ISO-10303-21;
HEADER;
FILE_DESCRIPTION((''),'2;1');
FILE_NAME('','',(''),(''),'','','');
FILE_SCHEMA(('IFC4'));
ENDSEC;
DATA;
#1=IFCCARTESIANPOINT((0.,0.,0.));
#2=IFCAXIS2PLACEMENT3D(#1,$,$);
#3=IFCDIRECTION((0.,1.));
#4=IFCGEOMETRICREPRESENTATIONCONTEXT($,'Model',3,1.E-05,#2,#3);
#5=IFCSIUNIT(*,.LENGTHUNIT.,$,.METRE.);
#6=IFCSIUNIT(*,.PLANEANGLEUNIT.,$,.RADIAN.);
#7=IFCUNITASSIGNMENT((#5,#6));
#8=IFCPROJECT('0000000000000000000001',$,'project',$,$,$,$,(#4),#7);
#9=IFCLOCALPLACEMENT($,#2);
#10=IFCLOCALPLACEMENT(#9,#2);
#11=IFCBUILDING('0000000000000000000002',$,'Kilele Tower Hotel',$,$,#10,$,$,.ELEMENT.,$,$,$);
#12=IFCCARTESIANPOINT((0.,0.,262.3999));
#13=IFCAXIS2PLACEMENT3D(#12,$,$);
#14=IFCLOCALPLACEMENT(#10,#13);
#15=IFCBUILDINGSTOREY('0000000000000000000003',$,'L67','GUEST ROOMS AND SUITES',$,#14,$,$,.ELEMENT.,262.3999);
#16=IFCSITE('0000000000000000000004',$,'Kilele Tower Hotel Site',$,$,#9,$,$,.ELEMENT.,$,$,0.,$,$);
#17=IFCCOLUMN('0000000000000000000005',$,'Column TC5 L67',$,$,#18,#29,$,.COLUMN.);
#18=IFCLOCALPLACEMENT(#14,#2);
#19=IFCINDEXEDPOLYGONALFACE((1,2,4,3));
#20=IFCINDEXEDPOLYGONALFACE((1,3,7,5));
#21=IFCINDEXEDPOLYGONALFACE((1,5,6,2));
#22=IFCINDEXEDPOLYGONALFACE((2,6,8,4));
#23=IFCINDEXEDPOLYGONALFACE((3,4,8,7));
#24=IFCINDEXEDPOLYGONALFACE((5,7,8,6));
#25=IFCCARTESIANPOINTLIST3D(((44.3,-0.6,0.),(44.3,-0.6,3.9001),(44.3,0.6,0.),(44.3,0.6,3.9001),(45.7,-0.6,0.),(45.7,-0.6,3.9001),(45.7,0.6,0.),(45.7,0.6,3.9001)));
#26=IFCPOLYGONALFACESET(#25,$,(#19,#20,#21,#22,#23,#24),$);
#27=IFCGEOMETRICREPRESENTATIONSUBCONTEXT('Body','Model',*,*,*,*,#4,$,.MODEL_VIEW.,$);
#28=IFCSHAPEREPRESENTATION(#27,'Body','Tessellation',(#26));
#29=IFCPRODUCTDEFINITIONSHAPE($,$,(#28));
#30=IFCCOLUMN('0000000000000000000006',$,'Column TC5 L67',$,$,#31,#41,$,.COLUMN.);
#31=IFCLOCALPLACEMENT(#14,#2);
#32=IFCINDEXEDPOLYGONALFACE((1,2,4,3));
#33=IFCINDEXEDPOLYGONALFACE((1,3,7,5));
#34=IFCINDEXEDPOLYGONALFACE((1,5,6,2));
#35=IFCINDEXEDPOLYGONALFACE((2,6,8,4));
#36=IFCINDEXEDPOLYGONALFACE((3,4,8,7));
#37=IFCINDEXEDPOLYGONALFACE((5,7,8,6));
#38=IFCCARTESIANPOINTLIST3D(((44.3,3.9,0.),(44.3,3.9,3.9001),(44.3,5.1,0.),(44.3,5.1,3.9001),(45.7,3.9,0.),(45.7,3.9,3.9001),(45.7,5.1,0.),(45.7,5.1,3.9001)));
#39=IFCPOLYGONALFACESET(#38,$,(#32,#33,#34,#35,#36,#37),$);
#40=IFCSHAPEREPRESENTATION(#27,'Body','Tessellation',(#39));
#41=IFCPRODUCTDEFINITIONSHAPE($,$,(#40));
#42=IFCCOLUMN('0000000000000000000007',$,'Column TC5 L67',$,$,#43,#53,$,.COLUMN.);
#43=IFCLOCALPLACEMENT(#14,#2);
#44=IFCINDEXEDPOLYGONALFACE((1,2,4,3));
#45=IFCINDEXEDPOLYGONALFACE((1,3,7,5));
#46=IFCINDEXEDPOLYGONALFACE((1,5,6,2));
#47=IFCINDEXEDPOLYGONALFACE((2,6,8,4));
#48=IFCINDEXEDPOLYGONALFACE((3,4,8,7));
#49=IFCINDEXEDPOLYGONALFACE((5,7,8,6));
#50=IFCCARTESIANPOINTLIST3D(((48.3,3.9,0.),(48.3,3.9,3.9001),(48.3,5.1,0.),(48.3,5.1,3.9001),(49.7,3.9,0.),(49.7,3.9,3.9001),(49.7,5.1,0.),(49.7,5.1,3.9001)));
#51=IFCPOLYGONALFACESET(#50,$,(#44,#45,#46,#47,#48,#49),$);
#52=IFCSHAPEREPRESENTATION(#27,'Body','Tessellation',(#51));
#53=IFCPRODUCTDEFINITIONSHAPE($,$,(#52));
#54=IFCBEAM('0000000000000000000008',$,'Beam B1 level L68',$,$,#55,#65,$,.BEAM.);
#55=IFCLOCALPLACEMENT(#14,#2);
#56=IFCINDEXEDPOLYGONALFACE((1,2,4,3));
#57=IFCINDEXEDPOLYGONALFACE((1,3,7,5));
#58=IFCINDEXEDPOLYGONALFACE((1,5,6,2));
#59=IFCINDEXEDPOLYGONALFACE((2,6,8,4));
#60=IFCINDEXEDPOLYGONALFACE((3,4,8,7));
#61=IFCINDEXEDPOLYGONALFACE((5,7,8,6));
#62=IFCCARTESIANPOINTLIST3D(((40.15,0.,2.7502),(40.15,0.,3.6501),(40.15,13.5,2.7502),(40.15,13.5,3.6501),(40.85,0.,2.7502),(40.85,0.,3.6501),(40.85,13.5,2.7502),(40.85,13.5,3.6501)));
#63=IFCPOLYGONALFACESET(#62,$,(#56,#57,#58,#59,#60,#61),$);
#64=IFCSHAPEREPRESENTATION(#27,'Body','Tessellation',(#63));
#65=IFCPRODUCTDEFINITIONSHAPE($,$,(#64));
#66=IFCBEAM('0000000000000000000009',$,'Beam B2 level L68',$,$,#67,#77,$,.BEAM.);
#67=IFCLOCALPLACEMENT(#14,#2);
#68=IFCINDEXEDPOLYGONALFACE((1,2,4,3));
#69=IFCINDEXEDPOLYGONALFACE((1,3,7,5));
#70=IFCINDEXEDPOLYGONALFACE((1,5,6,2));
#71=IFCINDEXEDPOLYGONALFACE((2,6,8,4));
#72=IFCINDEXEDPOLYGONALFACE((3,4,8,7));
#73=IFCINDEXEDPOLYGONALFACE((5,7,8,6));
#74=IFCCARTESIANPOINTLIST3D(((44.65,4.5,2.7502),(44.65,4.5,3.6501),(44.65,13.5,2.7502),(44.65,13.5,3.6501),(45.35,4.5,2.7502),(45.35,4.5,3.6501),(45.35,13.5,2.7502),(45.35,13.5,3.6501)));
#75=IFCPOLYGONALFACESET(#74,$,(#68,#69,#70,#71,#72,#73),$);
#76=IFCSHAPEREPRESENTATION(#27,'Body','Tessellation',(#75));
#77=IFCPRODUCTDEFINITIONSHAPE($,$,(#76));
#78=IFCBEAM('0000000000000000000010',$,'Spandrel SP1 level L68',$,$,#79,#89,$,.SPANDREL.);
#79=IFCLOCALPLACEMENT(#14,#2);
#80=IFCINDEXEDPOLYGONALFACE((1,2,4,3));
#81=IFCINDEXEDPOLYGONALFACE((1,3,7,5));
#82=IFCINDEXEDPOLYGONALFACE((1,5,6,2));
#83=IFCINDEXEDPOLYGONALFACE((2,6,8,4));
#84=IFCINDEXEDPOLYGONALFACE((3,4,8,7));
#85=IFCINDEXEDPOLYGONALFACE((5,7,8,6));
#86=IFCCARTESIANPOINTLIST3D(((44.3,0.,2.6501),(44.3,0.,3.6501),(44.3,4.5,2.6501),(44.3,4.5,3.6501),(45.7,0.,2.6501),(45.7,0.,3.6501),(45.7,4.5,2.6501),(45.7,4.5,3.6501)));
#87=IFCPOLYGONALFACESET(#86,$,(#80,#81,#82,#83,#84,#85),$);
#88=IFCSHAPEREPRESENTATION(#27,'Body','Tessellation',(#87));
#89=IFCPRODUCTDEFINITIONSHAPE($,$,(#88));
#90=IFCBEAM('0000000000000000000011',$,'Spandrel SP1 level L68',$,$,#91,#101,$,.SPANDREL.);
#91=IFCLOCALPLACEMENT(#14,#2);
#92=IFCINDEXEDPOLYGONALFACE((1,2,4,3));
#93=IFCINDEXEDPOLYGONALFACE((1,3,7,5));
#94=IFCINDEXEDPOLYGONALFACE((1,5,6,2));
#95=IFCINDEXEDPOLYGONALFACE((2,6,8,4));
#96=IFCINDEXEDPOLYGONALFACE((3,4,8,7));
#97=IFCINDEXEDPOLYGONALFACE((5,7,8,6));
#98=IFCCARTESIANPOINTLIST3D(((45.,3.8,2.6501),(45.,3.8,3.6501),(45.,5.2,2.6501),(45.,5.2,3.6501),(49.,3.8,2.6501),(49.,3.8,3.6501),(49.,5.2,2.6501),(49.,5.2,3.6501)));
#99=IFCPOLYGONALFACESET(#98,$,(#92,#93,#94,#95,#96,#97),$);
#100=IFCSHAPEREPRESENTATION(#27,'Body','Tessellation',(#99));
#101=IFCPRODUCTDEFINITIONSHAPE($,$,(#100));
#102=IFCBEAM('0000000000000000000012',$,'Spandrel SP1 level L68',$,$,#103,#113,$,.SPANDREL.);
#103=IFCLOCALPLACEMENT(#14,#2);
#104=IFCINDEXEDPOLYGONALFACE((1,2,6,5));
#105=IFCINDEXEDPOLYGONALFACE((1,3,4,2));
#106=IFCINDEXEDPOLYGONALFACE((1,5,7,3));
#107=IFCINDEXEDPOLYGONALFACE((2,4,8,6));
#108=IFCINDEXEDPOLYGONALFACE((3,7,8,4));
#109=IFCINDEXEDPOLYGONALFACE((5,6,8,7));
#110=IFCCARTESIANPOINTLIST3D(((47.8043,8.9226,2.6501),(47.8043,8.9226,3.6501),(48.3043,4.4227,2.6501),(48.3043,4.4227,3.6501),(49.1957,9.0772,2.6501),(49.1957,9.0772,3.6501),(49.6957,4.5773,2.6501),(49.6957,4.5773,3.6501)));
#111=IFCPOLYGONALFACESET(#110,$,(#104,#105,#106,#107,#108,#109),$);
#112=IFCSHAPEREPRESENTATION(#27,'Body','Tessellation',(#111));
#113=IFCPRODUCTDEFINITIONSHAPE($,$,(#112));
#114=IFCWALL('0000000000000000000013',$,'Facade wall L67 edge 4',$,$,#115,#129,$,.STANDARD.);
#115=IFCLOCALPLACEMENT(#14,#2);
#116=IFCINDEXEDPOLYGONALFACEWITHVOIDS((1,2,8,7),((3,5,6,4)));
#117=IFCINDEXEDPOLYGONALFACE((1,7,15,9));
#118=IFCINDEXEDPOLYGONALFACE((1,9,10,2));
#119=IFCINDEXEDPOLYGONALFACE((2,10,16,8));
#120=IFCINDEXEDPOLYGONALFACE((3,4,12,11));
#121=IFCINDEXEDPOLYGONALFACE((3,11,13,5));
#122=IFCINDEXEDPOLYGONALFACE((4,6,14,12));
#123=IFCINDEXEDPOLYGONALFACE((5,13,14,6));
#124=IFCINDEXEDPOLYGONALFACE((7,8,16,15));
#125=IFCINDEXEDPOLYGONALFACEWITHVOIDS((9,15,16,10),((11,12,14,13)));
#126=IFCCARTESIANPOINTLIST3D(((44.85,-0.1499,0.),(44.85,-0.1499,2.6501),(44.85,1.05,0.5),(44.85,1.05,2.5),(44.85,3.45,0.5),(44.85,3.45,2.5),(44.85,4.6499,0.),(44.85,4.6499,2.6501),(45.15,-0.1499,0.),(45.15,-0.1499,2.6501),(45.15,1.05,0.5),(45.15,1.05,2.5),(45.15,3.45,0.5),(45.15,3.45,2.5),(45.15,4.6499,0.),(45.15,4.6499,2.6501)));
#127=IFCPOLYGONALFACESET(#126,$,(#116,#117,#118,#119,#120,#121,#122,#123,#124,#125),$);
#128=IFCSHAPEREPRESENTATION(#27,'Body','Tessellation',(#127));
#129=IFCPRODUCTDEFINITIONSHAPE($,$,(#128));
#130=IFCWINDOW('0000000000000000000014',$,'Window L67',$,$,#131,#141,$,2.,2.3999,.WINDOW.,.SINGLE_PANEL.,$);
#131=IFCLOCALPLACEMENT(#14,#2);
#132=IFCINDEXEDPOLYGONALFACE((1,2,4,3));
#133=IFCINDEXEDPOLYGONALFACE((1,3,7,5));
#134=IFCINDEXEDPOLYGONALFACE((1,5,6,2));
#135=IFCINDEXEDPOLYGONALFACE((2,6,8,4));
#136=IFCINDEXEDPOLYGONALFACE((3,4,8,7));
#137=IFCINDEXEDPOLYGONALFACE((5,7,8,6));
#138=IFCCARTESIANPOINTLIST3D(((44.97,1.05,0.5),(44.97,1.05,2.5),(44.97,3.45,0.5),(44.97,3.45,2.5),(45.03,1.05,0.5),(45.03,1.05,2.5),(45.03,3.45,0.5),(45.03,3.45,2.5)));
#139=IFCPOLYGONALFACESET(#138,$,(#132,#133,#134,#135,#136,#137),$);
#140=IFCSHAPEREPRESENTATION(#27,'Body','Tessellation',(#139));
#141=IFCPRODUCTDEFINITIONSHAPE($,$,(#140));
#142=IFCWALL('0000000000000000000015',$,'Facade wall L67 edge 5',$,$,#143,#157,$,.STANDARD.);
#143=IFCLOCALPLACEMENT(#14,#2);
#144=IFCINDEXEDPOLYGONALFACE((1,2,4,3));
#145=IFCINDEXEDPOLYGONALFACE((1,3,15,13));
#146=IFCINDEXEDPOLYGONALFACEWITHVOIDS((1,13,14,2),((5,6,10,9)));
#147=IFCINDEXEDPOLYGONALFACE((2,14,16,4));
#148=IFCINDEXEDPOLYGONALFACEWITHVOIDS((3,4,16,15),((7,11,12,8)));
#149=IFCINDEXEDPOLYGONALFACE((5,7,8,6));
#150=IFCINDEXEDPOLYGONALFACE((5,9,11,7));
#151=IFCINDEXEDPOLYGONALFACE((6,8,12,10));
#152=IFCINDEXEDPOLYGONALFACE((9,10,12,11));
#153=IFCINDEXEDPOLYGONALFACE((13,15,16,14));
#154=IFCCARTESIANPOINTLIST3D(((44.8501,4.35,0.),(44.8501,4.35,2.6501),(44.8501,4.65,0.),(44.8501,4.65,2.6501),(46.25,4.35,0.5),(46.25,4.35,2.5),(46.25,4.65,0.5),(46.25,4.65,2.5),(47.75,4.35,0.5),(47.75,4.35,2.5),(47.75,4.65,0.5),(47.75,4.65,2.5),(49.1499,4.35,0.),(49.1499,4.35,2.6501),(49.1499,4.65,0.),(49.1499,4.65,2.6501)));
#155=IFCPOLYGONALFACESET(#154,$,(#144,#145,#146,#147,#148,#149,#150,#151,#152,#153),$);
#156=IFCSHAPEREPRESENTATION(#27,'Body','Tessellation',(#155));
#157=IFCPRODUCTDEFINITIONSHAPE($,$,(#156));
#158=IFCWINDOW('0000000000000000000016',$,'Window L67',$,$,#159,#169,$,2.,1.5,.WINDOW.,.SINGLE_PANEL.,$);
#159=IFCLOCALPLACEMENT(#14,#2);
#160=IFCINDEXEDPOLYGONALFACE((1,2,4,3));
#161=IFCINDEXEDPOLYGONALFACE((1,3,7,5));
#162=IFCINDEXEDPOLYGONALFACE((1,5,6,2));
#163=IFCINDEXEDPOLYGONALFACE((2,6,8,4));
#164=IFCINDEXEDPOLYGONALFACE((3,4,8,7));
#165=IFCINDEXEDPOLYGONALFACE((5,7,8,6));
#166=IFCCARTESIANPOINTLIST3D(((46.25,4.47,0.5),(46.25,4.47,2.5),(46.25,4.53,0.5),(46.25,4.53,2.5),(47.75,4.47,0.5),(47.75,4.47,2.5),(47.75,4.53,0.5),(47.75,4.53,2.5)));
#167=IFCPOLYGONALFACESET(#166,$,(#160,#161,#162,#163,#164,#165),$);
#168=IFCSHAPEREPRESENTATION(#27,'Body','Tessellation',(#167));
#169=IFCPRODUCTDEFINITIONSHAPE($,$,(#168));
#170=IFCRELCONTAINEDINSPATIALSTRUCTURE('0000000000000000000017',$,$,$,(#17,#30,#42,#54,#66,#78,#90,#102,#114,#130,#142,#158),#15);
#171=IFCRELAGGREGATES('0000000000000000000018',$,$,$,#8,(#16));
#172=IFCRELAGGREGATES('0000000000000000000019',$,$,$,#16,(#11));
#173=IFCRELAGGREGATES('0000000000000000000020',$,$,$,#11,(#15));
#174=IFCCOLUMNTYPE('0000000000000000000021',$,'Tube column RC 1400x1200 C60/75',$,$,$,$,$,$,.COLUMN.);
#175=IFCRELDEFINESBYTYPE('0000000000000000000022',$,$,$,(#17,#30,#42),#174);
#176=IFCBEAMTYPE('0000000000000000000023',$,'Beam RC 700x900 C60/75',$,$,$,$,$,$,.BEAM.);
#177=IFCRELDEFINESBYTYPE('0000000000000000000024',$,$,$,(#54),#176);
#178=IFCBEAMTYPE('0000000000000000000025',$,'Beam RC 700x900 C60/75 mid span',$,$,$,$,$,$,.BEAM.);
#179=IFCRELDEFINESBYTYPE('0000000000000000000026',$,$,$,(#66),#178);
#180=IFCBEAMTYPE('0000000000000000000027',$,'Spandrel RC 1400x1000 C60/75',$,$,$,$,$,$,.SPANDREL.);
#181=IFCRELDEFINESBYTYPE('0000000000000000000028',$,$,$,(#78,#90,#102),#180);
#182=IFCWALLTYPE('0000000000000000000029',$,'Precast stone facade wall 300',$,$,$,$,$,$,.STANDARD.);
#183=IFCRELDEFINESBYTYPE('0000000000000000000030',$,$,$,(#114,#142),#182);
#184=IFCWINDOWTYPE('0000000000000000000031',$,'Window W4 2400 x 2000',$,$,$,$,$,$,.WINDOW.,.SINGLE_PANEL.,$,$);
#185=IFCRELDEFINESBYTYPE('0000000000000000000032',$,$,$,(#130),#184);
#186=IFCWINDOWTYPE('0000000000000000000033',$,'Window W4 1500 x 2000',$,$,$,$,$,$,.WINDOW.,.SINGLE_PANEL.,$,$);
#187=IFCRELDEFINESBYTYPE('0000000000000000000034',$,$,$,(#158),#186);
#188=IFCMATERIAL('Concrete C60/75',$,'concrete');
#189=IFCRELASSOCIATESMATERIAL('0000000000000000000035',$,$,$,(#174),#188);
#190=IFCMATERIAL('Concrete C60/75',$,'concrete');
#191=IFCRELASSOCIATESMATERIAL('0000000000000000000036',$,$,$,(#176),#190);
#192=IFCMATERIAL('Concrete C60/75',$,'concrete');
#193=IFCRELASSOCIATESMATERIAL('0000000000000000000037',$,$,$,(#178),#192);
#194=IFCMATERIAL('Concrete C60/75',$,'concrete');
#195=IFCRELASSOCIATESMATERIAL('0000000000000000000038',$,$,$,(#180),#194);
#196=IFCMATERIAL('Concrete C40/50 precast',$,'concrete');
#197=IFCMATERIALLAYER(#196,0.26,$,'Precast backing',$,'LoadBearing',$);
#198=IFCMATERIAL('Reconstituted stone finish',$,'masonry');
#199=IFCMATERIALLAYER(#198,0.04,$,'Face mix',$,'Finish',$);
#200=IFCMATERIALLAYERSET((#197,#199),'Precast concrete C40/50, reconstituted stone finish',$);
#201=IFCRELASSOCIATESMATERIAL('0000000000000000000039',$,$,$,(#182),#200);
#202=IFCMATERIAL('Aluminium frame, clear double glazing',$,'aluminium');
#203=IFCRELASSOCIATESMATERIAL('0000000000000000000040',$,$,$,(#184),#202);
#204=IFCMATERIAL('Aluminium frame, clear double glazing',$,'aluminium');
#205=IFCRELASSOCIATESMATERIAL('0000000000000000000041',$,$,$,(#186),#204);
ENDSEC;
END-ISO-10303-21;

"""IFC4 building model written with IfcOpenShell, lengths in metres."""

from ifc_helpers import new_model, si_unit, direction, frame, frame_2d, origin, origin_2d, place, context, subcontext, project, spatial, rectangle, extrude, material, layer, layer_set, material_profile, profile_set, type_object, element, fill, save


model = new_model("IFC4")

# Units and contexts
model_context = context("Model", 3, precision=1e-05, world=origin(), true_north=direction((0.0, 1.0)))
body_context = subcontext(model_context, "Body", "Model", "MODEL_VIEW")
ifc_project = project(units=[si_unit("LENGTHUNIT", "METRE"), si_unit("PLANEANGLEUNIT", "RADIAN")], contexts=[model_context])

# Site, building, storey
site_placement = place(None, origin())
site = spatial("IfcSite", under=ifc_project, at=site_placement, Name="Kilele Tower Hotel Site", CompositionType="ELEMENT", RefElevation=0.0)
building_placement = place(site_placement, origin())
building = spatial("IfcBuilding", under=site, at=building_placement, Name="Kilele Tower Hotel", CompositionType="ELEMENT")
storey_placement = place(building_placement, frame((0.0, 0.0, 262.3999)))
storey = spatial("IfcBuildingStorey", under=building, at=storey_placement, Name="L67", Description="GUEST ROOMS AND SUITES", CompositionType="ELEMENT", Elevation=262.3999)

# Columns
ifc_material_1 = material(Name="Concrete C60/75", Category="concrete")
ifc_material_profile_1 = material_profile(ifc_material_1, rectangle(XDim=1.3999, YDim=1.2, at=origin_2d()))
ifc_profile_set_1 = profile_set([ifc_material_profile_1], Name="Concrete C60/75")
column_type = type_object("IfcColumnType", Name="Tube column RC 1400x1200 C60/75", PredefinedType="COLUMN", material=ifc_profile_set_1)
for number, where, z_axis, x_axis, name in (
    (1, (45.0, 0.0, 0.0), (0.0, 0.0, 1.0), (1.0, 0.0, 0.0), "Column TC5 L67"),
    (2, (45.0, 4.5, 0.0), (0.0, 0.0, 1.0), (1.0, 0.0, 0.0), "Column TC5 L67"),
    (3, (49.0, 4.5, 0.0), (0.0, 0.0, 1.0), (1.0, 0.0, 0.0), "Column TC5 L67"),
):
    element("IfcColumn", number, at=place(storey_placement, frame(where, z_axis=z_axis, x_axis=x_axis)), inside=storey, type_object=column_type, Name=name, PredefinedType="COLUMN", context=body_context, shape_type="SweptSolid", body=[
        extrude(rectangle(XDim=1.3999, YDim=1.2, at=origin_2d()), origin(), (0.0, 0.0, 1.0), 3.9001),
    ])

# Beams
ifc_material_2 = material(Name="Concrete C60/75", Category="concrete")
ifc_material_profile_2 = material_profile(ifc_material_2, rectangle(XDim=0.7, YDim=0.8999, at=origin_2d()))
ifc_profile_set_2 = profile_set([ifc_material_profile_2], Name="Concrete C60/75")
beam_type_1 = type_object("IfcBeamType", Name="Beam RC 700x900 C60/75", PredefinedType="BEAM", material=ifc_profile_set_2)
beam_1_placement = place(storey_placement, frame((40.5, 0.0, 3.2002), z_axis=(0.0, 1.0, 0.0), x_axis=(-1.0, 0.0, 0.0)))
element("IfcBeam", 4, at=beam_1_placement, inside=storey, type_object=beam_type_1, Name="Beam B1 level L68", PredefinedType="BEAM", context=body_context, shape_type="SweptSolid", body=[
    extrude(rectangle(XDim=0.7, YDim=0.8999, at=origin_2d()), origin(), (0.0, 0.0, 1.0), 13.5),
])
ifc_material_3 = material(Name="Concrete C60/75", Category="concrete")
ifc_material_profile_3 = material_profile(ifc_material_3, rectangle(XDim=0.7, YDim=0.8999, at=origin_2d()))
ifc_profile_set_3 = profile_set([ifc_material_profile_3], Name="Concrete C60/75")
beam_type_2 = type_object("IfcBeamType", Name="Beam RC 700x900 C60/75 mid span", PredefinedType="BEAM", material=ifc_profile_set_3)
beam_2_placement = place(storey_placement, frame((45.0, 4.5, 3.2002), z_axis=(0.0, 1.0, 0.0), x_axis=(-1.0, 0.0, 0.0)))
element("IfcBeam", 5, at=beam_2_placement, inside=storey, type_object=beam_type_2, Name="Beam B2 level L68", PredefinedType="BEAM", context=body_context, shape_type="SweptSolid", body=[
    extrude(rectangle(XDim=0.7, YDim=0.8999, at=origin_2d()), origin(), (0.0, 0.0, 1.0), 9.0),
])
ifc_material_4 = material(Name="Concrete C60/75", Category="concrete")
ifc_material_profile_4 = material_profile(ifc_material_4, rectangle(XDim=1.3999, YDim=1.0, at=origin_2d()))
ifc_profile_set_4 = profile_set([ifc_material_profile_4], Name="Concrete C60/75")
beam_type_3 = type_object("IfcBeamType", Name="Spandrel RC 1400x1000 C60/75", PredefinedType="SPANDREL", material=ifc_profile_set_4)
beam_3_placement = place(storey_placement, frame((45.0, 0.0, 3.1501), z_axis=(0.0, 1.0, 0.0), x_axis=(-1.0, 0.0, 0.0)))
element("IfcBeam", 6, at=beam_3_placement, inside=storey, type_object=beam_type_3, Name="Spandrel SP1 level L68", PredefinedType="SPANDREL", context=body_context, shape_type="SweptSolid", body=[
    extrude(rectangle(XDim=1.3999, YDim=1.0, at=origin_2d()), origin(), (0.0, 0.0, 1.0), 4.5),
])
beam_4_placement = place(storey_placement, frame((45.0, 4.5, 3.1501), z_axis=(1.0, 0.0, 0.0), x_axis=(0.0, 1.0, 0.0)))
element("IfcBeam", 7, at=beam_4_placement, inside=storey, type_object=beam_type_3, Name="Spandrel SP1 level L68", PredefinedType="SPANDREL", context=body_context, shape_type="SweptSolid", body=[
    extrude(rectangle(XDim=1.3999, YDim=1.0, at=origin_2d()), origin(), (0.0, 0.0, 1.0), 4.0),
])
beam_5_placement = place(storey_placement, frame((49.0, 4.5, 3.1501), z_axis=(-0.110432, 0.993884, 0.0), x_axis=(-0.993884, -0.110432, 0.0)))
element("IfcBeam", 8, at=beam_5_placement, inside=storey, type_object=beam_type_3, Name="Spandrel SP1 level L68", PredefinedType="SPANDREL", context=body_context, shape_type="SweptSolid", body=[
    extrude(rectangle(XDim=1.3999, YDim=1.0, at=origin_2d()), origin(), (0.0, 0.0, 1.0), 4.5276),
])

# Walls, openings, windows
ifc_material_5 = material(Name="Concrete C40/50 precast", Category="concrete")
ifc_layer_1 = layer(ifc_material_5, 0.26, Name="Precast backing", Category="LoadBearing")
ifc_material_6 = material(Name="Reconstituted stone finish", Category="masonry")
ifc_layer_2 = layer(ifc_material_6, 0.04, Name="Face mix", Category="Finish")
ifc_layer_set = layer_set([ifc_layer_1, ifc_layer_2], Name="Precast concrete C40/50, reconstituted stone finish")
wall_type = type_object("IfcWallType", Name="Precast stone facade wall 300", PredefinedType="STANDARD", material=ifc_layer_set)
wall_1_placement = place(storey_placement, frame((45.0, -0.1499, 0.0), z_axis=(0.0, 0.0, 1.0), x_axis=(0.0, 1.0, 0.0)))
wall_1 = element("IfcWall", 9, at=wall_1_placement, inside=storey, type_object=wall_type, Name="Facade wall L67 edge 4", PredefinedType="STANDARD", context=body_context, shape_type="SweptSolid", body=[
    extrude(rectangle(XDim=4.7998, YDim=0.3, at=frame_2d((2.3999, 0.0))), origin(), (0.0, 0.0, 1.0), 2.6501),
])
opening_1_placement = place(wall_1_placement, frame((1.2, 0.0, 0.5)))
opening_1 = element("IfcOpeningElement", 10, at=opening_1_placement, cuts=wall_1, PredefinedType="OPENING", context=body_context, shape_type="SweptSolid", body=[
    extrude(rectangle(XDim=2.3999, YDim=2.0, at=frame_2d((1.2, 1.0))), frame((0.0, 0.1599, 0.0), z_axis=(0.0, -1.0, 0.0), x_axis=(1.0, 0.0, 0.0)), (0.0, 0.0, 1.0), 0.3201),
])
ifc_material_7 = material(Name="Aluminium frame, clear double glazing", Category="aluminium")
window_type_1 = type_object("IfcWindowType", Name="Window W4 2400 x 2000", PartitioningType="SINGLE_PANEL", PredefinedType="WINDOW", material=ifc_material_7)
window_1_placement = place(opening_1_placement, origin())
window_1 = element("IfcWindow", 11, at=window_1_placement, inside=storey, type_object=window_type_1, Name="Window L67", OverallHeight=2.0, OverallWidth=2.3999, PartitioningType="SINGLE_PANEL", PredefinedType="WINDOW", context=body_context, shape_type="SweptSolid", body=[
    extrude(rectangle(XDim=2.3999, YDim=2.0, at=frame_2d((1.2, 1.0))), frame((0.0, 0.03, 0.0), z_axis=(0.0, -1.0, 0.0), x_axis=(1.0, 0.0, 0.0)), (0.0, 0.0, 1.0), 0.0601),
])
fill(opening_1, window_1)
wall_2_placement = place(storey_placement, frame((44.8501, 4.5, 0.0), z_axis=(0.0, 0.0, 1.0), x_axis=(1.0, 0.0, 0.0)))
wall_2 = element("IfcWall", 12, at=wall_2_placement, inside=storey, type_object=wall_type, Name="Facade wall L67 edge 5", PredefinedType="STANDARD", context=body_context, shape_type="SweptSolid", body=[
    extrude(rectangle(XDim=4.2998, YDim=0.3, at=frame_2d((2.1499, 0.0))), origin(), (0.0, 0.0, 1.0), 2.6501),
])
opening_2_placement = place(wall_2_placement, frame((1.3999, 0.0, 0.5)))
opening_2 = element("IfcOpeningElement", 13, at=opening_2_placement, cuts=wall_2, PredefinedType="OPENING", context=body_context, shape_type="SweptSolid", body=[
    extrude(rectangle(XDim=1.5, YDim=2.0, at=frame_2d((0.75, 1.0))), frame((0.0, 0.1599, 0.0), z_axis=(0.0, -1.0, 0.0), x_axis=(1.0, 0.0, 0.0)), (0.0, 0.0, 1.0), 0.3201),
])
ifc_material_8 = material(Name="Aluminium frame, clear double glazing", Category="aluminium")
window_type_2 = type_object("IfcWindowType", Name="Window W4 1500 x 2000", PartitioningType="SINGLE_PANEL", PredefinedType="WINDOW", material=ifc_material_8)
window_2_placement = place(opening_2_placement, origin())
window_2 = element("IfcWindow", 14, at=window_2_placement, inside=storey, type_object=window_type_2, Name="Window L67", OverallHeight=2.0, OverallWidth=1.5, PartitioningType="SINGLE_PANEL", PredefinedType="WINDOW", context=body_context, shape_type="SweptSolid", body=[
    extrude(rectangle(XDim=1.5, YDim=2.0, at=frame_2d((0.75, 1.0))), frame((0.0, 0.03, 0.0), z_axis=(0.0, -1.0, 0.0), x_axis=(1.0, 0.0, 0.0)), (0.0, 0.0, 1.0), 0.0601),
])
fill(opening_2, window_2)

save(model, "model.ifc")
